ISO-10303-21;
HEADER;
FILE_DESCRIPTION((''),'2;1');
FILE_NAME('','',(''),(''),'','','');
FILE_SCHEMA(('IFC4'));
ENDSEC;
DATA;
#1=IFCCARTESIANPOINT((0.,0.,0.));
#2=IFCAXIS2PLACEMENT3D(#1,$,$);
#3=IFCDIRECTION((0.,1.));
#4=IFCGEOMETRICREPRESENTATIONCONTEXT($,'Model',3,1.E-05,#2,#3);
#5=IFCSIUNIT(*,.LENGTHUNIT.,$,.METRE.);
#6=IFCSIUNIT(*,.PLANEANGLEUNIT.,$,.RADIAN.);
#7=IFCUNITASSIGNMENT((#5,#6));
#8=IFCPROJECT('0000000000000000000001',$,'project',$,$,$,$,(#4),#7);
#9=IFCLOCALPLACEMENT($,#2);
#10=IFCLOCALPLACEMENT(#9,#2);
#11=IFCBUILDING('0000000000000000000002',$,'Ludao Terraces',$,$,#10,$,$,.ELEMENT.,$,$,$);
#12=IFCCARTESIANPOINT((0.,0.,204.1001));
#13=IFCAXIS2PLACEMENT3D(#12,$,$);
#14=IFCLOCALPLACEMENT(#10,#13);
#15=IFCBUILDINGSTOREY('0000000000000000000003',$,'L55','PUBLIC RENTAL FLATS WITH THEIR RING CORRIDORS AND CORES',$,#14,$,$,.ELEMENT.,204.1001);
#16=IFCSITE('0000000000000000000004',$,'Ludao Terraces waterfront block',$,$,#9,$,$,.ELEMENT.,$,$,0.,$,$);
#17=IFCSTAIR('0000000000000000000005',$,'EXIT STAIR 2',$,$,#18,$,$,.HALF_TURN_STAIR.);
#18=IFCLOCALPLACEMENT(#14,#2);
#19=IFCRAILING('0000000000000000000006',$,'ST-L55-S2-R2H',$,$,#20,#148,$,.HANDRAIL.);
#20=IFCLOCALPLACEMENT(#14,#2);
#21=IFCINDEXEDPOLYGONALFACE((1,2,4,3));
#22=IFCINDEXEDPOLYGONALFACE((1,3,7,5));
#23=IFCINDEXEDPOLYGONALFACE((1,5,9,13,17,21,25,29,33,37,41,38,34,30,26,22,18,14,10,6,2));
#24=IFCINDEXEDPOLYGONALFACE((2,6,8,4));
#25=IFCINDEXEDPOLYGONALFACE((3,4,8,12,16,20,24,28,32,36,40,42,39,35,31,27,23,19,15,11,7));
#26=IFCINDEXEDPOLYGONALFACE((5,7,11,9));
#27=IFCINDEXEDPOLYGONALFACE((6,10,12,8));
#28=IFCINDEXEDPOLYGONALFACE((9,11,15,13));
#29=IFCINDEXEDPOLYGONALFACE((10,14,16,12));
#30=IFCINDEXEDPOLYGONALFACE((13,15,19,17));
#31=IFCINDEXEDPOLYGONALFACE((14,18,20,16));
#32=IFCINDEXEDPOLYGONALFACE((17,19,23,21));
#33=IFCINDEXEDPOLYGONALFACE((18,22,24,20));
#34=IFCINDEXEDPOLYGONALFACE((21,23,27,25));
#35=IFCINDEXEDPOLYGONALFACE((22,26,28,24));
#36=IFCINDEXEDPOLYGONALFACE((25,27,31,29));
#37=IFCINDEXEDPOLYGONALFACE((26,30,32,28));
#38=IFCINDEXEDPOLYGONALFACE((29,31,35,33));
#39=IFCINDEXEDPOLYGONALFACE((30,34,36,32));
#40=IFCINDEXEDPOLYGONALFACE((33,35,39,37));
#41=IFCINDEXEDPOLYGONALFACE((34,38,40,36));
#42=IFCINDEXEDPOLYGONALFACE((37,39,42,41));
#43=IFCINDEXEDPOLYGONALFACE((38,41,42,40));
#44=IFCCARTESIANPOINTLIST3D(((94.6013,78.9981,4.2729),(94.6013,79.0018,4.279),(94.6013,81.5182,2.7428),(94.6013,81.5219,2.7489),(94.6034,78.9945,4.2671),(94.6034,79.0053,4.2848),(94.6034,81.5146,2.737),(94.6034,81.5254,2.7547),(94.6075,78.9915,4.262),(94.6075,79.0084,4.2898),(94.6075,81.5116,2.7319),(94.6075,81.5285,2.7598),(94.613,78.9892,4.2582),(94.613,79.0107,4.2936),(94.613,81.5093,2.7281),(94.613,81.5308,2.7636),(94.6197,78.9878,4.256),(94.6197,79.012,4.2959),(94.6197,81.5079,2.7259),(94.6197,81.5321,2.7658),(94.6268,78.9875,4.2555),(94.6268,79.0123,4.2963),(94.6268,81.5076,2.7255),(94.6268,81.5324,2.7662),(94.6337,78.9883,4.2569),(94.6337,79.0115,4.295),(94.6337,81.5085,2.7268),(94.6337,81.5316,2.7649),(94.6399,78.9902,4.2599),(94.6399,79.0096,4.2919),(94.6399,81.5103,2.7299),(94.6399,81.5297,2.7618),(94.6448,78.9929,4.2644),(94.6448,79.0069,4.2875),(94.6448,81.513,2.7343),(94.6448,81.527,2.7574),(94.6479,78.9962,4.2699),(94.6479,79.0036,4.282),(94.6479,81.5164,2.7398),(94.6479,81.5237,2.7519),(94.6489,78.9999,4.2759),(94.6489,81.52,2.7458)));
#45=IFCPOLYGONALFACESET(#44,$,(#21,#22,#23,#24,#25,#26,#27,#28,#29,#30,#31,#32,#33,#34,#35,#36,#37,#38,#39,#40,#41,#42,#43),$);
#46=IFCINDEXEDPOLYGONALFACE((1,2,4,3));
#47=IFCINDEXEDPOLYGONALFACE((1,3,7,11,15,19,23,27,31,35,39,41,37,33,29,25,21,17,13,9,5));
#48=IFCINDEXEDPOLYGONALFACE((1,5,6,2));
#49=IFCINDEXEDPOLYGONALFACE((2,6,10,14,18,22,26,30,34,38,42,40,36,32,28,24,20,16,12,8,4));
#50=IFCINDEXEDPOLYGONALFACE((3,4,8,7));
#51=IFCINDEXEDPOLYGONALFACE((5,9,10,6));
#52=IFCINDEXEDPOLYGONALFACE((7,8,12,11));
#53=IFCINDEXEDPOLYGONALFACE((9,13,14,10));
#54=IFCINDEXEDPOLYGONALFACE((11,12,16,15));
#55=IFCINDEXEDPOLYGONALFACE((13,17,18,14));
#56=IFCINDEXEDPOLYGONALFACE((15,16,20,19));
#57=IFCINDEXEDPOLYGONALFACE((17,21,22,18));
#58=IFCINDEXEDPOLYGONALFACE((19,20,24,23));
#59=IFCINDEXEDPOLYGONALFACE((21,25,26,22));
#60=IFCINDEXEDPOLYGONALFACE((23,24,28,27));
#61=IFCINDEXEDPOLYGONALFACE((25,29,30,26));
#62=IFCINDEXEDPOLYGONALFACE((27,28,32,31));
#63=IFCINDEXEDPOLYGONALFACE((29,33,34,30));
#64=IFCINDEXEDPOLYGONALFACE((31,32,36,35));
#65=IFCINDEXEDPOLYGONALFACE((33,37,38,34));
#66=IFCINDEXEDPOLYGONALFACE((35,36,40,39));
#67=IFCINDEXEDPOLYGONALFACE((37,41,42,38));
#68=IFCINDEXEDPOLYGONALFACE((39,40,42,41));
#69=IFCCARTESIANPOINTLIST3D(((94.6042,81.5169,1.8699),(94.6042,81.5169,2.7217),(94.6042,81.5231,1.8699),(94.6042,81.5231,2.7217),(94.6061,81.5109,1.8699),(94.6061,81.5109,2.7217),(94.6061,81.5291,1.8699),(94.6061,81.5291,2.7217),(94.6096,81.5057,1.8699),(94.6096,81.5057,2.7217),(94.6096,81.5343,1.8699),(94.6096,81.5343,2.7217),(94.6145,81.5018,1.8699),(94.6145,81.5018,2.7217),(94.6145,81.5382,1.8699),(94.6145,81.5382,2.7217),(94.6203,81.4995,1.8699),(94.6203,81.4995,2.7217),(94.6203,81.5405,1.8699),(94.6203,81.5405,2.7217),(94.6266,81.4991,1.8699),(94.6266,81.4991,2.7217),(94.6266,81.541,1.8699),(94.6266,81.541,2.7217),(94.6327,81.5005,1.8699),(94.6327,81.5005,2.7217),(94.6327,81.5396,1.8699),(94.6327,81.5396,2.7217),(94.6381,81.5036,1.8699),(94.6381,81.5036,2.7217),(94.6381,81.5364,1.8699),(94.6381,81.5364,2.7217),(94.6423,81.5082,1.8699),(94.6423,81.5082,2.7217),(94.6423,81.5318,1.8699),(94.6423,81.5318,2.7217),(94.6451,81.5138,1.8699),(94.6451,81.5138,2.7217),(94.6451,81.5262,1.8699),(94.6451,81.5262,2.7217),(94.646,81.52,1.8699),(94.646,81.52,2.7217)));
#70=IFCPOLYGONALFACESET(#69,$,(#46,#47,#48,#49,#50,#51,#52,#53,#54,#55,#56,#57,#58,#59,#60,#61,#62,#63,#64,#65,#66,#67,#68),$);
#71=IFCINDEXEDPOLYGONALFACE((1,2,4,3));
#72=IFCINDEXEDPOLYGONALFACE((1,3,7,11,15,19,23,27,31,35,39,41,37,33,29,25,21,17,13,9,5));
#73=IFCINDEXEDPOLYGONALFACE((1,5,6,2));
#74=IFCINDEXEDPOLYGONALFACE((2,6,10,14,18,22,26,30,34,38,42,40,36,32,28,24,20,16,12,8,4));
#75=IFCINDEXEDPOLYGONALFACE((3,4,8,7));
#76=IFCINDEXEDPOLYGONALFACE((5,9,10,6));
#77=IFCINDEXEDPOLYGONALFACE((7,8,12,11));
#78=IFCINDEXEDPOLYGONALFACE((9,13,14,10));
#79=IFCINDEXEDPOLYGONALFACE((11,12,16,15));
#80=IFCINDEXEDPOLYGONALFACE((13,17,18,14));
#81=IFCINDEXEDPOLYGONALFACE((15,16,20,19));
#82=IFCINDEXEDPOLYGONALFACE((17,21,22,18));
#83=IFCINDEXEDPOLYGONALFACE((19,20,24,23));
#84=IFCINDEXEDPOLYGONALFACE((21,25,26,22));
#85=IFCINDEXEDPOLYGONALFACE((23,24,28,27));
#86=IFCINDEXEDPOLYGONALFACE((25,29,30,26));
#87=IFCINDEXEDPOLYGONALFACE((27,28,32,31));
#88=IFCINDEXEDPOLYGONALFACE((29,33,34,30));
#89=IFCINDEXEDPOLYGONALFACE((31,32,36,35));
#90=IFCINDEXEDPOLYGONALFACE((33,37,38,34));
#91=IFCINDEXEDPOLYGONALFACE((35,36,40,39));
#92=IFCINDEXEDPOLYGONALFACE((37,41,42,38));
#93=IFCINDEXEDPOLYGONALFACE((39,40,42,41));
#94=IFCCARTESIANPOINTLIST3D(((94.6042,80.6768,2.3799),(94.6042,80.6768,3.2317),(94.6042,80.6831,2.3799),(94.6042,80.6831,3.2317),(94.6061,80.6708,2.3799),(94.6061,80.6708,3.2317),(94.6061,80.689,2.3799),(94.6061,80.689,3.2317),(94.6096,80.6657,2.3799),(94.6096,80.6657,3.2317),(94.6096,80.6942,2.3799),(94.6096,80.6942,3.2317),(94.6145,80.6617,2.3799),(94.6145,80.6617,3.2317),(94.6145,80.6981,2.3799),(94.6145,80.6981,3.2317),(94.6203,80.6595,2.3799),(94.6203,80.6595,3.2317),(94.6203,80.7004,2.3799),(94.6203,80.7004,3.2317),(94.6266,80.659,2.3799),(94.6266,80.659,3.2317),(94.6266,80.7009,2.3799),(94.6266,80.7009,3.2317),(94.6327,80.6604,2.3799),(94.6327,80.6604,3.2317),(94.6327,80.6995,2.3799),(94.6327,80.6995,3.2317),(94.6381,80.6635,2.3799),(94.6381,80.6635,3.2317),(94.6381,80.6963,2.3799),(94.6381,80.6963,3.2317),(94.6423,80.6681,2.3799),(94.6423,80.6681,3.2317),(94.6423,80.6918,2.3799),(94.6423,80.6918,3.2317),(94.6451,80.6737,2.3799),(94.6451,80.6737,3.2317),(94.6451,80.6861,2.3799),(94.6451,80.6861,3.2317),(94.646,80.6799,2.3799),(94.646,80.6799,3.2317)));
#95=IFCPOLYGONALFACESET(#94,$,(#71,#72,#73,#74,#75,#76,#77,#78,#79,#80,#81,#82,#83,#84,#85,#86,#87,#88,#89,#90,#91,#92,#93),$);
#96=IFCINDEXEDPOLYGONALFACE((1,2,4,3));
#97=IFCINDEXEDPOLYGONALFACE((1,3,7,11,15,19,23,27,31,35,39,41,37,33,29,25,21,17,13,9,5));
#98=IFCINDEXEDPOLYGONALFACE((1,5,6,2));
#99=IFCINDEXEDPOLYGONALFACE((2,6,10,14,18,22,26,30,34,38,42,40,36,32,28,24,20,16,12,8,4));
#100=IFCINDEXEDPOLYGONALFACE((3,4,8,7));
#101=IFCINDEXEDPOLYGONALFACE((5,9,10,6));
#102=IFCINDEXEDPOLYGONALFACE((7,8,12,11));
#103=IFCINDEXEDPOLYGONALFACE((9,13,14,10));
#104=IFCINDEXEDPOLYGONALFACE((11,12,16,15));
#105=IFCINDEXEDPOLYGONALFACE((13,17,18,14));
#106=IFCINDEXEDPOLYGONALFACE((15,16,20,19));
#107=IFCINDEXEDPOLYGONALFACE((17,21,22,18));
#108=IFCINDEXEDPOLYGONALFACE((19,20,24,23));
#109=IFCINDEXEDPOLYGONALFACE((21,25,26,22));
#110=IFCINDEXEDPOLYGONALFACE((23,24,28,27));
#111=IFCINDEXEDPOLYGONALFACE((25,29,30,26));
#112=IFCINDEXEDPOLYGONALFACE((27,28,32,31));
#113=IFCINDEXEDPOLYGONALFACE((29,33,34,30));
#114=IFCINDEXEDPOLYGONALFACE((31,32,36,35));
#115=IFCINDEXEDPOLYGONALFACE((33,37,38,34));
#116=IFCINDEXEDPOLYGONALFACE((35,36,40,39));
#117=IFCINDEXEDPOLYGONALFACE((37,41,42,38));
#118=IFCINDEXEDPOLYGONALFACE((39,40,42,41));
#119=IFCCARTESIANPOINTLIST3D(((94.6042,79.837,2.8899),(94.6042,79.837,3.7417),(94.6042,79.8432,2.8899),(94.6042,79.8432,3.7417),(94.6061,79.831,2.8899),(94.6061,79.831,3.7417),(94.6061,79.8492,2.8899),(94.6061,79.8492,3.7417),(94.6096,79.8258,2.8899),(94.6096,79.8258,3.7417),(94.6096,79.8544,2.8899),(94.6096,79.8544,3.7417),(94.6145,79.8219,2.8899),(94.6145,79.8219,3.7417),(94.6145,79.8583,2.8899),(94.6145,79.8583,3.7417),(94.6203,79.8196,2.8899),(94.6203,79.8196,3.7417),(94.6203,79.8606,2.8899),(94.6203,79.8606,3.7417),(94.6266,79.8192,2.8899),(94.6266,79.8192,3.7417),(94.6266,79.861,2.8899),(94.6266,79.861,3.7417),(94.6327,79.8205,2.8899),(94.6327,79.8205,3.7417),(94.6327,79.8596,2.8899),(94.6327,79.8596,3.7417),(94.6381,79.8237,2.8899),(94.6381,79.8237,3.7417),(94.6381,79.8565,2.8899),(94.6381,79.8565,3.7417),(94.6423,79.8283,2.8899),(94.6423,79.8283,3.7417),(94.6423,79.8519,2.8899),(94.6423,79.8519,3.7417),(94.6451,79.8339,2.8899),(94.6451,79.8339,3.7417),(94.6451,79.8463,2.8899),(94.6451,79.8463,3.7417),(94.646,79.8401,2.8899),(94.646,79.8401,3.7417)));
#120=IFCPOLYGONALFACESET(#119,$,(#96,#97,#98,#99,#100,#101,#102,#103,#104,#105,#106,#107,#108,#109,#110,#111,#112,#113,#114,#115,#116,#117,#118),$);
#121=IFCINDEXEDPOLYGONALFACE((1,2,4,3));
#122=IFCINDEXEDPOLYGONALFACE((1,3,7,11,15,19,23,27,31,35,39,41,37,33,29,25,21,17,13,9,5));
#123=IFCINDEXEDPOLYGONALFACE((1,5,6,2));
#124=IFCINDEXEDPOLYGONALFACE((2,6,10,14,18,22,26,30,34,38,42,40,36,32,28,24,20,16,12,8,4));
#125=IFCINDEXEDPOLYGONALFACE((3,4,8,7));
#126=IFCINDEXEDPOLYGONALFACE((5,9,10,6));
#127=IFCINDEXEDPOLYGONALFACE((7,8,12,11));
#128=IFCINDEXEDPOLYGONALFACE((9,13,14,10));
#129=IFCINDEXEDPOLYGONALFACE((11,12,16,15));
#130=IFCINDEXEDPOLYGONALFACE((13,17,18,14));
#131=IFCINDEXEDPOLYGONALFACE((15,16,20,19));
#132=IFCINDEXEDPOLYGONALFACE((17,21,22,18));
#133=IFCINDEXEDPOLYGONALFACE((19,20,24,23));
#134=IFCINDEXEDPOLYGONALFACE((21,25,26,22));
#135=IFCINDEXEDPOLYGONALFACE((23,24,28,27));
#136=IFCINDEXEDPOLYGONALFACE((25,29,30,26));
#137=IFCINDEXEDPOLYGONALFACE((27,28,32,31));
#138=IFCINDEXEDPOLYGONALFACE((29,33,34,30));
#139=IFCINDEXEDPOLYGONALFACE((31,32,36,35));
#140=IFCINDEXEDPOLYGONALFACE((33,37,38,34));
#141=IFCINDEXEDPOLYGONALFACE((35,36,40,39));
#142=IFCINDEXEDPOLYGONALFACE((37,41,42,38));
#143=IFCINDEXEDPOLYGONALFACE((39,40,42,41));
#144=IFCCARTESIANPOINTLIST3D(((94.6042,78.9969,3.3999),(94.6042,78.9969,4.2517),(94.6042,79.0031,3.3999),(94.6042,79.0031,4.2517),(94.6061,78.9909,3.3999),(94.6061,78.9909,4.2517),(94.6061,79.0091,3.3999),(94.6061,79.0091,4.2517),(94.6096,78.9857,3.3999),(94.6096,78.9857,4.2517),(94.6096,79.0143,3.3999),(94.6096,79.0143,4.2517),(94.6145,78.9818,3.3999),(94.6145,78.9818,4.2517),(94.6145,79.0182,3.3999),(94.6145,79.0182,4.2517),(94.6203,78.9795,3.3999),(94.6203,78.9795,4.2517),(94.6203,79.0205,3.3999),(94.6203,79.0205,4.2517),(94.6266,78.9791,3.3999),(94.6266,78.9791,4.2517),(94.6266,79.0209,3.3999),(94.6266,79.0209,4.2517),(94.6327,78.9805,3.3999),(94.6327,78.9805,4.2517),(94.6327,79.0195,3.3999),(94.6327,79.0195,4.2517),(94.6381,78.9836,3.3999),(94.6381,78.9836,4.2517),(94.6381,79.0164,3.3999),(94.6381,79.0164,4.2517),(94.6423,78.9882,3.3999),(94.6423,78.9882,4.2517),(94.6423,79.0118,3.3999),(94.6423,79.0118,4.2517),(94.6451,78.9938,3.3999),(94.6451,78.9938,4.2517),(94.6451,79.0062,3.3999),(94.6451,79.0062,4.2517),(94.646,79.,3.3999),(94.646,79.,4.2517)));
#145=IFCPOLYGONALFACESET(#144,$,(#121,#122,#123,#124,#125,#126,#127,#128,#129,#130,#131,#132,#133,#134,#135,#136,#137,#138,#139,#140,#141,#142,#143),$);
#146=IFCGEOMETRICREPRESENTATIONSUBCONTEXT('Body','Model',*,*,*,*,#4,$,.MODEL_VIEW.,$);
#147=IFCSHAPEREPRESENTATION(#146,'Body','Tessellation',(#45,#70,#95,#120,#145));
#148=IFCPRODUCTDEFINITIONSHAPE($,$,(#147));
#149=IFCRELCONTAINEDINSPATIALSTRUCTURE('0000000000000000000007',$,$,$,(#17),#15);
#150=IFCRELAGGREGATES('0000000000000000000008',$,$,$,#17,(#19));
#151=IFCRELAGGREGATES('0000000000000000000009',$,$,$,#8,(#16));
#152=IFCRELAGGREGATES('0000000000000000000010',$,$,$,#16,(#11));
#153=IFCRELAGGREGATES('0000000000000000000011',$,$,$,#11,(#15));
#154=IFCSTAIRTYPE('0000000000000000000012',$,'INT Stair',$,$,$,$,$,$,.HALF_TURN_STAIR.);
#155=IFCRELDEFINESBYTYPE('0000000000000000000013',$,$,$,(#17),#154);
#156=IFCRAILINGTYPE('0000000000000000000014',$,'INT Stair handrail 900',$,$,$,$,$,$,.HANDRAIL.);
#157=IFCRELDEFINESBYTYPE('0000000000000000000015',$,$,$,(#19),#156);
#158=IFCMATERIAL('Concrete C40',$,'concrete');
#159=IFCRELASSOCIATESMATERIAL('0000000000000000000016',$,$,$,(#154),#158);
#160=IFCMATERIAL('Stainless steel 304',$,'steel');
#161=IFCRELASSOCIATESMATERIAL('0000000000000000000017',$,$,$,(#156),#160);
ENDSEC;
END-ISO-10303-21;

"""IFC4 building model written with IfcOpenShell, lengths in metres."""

from ifc_helpers import new_model, si_unit, direction, frame, origin, origin_2d, place, context, subcontext, project, spatial, circle, extrude, material, type_object, element, aggregate, save


model = new_model("IFC4")

# Units and contexts
model_context = context("Model", 3, precision=1e-05, world=origin(), true_north=direction((0.0, 1.0)))
body_context = subcontext(model_context, "Body", "Model", "MODEL_VIEW")
ifc_project = project(units=[si_unit("LENGTHUNIT", "METRE"), si_unit("PLANEANGLEUNIT", "RADIAN")], contexts=[model_context])

# Site, building, storey
site_placement = place(None, origin())
site = spatial("IfcSite", under=ifc_project, at=site_placement, Name="Ludao Terraces waterfront block", CompositionType="ELEMENT", RefElevation=0.0)
building_placement = place(site_placement, origin())
building = spatial("IfcBuilding", under=site, at=building_placement, Name="Ludao Terraces", CompositionType="ELEMENT")
storey_placement = place(building_placement, frame((0.0, 0.0, 204.1001)))
storey = spatial("IfcBuildingStorey", under=building, at=storey_placement, Name="L55", Description="PUBLIC RENTAL FLATS WITH THEIR RING CORRIDORS AND CORES", CompositionType="ELEMENT", Elevation=204.1001)

# Stair, railing
ifc_material_1 = material(Name="Concrete C40", Category="concrete")
stair_type = type_object("IfcStairType", Name="INT Stair", PredefinedType="HALF_TURN_STAIR", material=ifc_material_1)
stair_placement = place(storey_placement, origin())
stair = element("IfcStair", 1, at=stair_placement, inside=storey, type_object=stair_type, Name="EXIT STAIR 2", PredefinedType="HALF_TURN_STAIR")
ifc_material_2 = material(Name="Stainless steel 304", Category="steel")
railing_type_1 = type_object("IfcRailingType", Name="INT Stair handrail 900", PredefinedType="HANDRAIL", material=ifc_material_2)
railing_1_placement = place(storey_placement, frame((94.625, 81.52, 1.8699)))
railing_1 = element("IfcRailing", 2, at=railing_1_placement, type_object=railing_type_1, Name="ST-L55-S2-R2H", PredefinedType="HANDRAIL", context=body_context, shape_type="SweptSolid", body=[
    extrude(circle(Radius=0.0239, at=origin_2d()), frame((0.0, 0.0, 0.876), z_axis=(0.0, -0.854785, 0.518982), x_axis=(1.0, 0.0, 0.0)), (0.0, 0.0, 1.0), 2.9482),
    extrude(circle(Radius=0.021, at=origin_2d()), origin(), (0.0, 0.0, 1.0), 0.8518),
    extrude(circle(Radius=0.021, at=origin_2d()), frame((0.0, -0.8401, 0.51)), (0.0, 0.0, 1.0), 0.8518),
    extrude(circle(Radius=0.021, at=origin_2d()), frame((0.0, -1.6799, 1.02)), (0.0, 0.0, 1.0), 0.8518),
    extrude(circle(Radius=0.021, at=origin_2d()), frame((0.0, -2.52, 1.53)), (0.0, 0.0, 1.0), 0.8518),
])
aggregate(stair, [railing_1])

save(model, "model.ifc")
